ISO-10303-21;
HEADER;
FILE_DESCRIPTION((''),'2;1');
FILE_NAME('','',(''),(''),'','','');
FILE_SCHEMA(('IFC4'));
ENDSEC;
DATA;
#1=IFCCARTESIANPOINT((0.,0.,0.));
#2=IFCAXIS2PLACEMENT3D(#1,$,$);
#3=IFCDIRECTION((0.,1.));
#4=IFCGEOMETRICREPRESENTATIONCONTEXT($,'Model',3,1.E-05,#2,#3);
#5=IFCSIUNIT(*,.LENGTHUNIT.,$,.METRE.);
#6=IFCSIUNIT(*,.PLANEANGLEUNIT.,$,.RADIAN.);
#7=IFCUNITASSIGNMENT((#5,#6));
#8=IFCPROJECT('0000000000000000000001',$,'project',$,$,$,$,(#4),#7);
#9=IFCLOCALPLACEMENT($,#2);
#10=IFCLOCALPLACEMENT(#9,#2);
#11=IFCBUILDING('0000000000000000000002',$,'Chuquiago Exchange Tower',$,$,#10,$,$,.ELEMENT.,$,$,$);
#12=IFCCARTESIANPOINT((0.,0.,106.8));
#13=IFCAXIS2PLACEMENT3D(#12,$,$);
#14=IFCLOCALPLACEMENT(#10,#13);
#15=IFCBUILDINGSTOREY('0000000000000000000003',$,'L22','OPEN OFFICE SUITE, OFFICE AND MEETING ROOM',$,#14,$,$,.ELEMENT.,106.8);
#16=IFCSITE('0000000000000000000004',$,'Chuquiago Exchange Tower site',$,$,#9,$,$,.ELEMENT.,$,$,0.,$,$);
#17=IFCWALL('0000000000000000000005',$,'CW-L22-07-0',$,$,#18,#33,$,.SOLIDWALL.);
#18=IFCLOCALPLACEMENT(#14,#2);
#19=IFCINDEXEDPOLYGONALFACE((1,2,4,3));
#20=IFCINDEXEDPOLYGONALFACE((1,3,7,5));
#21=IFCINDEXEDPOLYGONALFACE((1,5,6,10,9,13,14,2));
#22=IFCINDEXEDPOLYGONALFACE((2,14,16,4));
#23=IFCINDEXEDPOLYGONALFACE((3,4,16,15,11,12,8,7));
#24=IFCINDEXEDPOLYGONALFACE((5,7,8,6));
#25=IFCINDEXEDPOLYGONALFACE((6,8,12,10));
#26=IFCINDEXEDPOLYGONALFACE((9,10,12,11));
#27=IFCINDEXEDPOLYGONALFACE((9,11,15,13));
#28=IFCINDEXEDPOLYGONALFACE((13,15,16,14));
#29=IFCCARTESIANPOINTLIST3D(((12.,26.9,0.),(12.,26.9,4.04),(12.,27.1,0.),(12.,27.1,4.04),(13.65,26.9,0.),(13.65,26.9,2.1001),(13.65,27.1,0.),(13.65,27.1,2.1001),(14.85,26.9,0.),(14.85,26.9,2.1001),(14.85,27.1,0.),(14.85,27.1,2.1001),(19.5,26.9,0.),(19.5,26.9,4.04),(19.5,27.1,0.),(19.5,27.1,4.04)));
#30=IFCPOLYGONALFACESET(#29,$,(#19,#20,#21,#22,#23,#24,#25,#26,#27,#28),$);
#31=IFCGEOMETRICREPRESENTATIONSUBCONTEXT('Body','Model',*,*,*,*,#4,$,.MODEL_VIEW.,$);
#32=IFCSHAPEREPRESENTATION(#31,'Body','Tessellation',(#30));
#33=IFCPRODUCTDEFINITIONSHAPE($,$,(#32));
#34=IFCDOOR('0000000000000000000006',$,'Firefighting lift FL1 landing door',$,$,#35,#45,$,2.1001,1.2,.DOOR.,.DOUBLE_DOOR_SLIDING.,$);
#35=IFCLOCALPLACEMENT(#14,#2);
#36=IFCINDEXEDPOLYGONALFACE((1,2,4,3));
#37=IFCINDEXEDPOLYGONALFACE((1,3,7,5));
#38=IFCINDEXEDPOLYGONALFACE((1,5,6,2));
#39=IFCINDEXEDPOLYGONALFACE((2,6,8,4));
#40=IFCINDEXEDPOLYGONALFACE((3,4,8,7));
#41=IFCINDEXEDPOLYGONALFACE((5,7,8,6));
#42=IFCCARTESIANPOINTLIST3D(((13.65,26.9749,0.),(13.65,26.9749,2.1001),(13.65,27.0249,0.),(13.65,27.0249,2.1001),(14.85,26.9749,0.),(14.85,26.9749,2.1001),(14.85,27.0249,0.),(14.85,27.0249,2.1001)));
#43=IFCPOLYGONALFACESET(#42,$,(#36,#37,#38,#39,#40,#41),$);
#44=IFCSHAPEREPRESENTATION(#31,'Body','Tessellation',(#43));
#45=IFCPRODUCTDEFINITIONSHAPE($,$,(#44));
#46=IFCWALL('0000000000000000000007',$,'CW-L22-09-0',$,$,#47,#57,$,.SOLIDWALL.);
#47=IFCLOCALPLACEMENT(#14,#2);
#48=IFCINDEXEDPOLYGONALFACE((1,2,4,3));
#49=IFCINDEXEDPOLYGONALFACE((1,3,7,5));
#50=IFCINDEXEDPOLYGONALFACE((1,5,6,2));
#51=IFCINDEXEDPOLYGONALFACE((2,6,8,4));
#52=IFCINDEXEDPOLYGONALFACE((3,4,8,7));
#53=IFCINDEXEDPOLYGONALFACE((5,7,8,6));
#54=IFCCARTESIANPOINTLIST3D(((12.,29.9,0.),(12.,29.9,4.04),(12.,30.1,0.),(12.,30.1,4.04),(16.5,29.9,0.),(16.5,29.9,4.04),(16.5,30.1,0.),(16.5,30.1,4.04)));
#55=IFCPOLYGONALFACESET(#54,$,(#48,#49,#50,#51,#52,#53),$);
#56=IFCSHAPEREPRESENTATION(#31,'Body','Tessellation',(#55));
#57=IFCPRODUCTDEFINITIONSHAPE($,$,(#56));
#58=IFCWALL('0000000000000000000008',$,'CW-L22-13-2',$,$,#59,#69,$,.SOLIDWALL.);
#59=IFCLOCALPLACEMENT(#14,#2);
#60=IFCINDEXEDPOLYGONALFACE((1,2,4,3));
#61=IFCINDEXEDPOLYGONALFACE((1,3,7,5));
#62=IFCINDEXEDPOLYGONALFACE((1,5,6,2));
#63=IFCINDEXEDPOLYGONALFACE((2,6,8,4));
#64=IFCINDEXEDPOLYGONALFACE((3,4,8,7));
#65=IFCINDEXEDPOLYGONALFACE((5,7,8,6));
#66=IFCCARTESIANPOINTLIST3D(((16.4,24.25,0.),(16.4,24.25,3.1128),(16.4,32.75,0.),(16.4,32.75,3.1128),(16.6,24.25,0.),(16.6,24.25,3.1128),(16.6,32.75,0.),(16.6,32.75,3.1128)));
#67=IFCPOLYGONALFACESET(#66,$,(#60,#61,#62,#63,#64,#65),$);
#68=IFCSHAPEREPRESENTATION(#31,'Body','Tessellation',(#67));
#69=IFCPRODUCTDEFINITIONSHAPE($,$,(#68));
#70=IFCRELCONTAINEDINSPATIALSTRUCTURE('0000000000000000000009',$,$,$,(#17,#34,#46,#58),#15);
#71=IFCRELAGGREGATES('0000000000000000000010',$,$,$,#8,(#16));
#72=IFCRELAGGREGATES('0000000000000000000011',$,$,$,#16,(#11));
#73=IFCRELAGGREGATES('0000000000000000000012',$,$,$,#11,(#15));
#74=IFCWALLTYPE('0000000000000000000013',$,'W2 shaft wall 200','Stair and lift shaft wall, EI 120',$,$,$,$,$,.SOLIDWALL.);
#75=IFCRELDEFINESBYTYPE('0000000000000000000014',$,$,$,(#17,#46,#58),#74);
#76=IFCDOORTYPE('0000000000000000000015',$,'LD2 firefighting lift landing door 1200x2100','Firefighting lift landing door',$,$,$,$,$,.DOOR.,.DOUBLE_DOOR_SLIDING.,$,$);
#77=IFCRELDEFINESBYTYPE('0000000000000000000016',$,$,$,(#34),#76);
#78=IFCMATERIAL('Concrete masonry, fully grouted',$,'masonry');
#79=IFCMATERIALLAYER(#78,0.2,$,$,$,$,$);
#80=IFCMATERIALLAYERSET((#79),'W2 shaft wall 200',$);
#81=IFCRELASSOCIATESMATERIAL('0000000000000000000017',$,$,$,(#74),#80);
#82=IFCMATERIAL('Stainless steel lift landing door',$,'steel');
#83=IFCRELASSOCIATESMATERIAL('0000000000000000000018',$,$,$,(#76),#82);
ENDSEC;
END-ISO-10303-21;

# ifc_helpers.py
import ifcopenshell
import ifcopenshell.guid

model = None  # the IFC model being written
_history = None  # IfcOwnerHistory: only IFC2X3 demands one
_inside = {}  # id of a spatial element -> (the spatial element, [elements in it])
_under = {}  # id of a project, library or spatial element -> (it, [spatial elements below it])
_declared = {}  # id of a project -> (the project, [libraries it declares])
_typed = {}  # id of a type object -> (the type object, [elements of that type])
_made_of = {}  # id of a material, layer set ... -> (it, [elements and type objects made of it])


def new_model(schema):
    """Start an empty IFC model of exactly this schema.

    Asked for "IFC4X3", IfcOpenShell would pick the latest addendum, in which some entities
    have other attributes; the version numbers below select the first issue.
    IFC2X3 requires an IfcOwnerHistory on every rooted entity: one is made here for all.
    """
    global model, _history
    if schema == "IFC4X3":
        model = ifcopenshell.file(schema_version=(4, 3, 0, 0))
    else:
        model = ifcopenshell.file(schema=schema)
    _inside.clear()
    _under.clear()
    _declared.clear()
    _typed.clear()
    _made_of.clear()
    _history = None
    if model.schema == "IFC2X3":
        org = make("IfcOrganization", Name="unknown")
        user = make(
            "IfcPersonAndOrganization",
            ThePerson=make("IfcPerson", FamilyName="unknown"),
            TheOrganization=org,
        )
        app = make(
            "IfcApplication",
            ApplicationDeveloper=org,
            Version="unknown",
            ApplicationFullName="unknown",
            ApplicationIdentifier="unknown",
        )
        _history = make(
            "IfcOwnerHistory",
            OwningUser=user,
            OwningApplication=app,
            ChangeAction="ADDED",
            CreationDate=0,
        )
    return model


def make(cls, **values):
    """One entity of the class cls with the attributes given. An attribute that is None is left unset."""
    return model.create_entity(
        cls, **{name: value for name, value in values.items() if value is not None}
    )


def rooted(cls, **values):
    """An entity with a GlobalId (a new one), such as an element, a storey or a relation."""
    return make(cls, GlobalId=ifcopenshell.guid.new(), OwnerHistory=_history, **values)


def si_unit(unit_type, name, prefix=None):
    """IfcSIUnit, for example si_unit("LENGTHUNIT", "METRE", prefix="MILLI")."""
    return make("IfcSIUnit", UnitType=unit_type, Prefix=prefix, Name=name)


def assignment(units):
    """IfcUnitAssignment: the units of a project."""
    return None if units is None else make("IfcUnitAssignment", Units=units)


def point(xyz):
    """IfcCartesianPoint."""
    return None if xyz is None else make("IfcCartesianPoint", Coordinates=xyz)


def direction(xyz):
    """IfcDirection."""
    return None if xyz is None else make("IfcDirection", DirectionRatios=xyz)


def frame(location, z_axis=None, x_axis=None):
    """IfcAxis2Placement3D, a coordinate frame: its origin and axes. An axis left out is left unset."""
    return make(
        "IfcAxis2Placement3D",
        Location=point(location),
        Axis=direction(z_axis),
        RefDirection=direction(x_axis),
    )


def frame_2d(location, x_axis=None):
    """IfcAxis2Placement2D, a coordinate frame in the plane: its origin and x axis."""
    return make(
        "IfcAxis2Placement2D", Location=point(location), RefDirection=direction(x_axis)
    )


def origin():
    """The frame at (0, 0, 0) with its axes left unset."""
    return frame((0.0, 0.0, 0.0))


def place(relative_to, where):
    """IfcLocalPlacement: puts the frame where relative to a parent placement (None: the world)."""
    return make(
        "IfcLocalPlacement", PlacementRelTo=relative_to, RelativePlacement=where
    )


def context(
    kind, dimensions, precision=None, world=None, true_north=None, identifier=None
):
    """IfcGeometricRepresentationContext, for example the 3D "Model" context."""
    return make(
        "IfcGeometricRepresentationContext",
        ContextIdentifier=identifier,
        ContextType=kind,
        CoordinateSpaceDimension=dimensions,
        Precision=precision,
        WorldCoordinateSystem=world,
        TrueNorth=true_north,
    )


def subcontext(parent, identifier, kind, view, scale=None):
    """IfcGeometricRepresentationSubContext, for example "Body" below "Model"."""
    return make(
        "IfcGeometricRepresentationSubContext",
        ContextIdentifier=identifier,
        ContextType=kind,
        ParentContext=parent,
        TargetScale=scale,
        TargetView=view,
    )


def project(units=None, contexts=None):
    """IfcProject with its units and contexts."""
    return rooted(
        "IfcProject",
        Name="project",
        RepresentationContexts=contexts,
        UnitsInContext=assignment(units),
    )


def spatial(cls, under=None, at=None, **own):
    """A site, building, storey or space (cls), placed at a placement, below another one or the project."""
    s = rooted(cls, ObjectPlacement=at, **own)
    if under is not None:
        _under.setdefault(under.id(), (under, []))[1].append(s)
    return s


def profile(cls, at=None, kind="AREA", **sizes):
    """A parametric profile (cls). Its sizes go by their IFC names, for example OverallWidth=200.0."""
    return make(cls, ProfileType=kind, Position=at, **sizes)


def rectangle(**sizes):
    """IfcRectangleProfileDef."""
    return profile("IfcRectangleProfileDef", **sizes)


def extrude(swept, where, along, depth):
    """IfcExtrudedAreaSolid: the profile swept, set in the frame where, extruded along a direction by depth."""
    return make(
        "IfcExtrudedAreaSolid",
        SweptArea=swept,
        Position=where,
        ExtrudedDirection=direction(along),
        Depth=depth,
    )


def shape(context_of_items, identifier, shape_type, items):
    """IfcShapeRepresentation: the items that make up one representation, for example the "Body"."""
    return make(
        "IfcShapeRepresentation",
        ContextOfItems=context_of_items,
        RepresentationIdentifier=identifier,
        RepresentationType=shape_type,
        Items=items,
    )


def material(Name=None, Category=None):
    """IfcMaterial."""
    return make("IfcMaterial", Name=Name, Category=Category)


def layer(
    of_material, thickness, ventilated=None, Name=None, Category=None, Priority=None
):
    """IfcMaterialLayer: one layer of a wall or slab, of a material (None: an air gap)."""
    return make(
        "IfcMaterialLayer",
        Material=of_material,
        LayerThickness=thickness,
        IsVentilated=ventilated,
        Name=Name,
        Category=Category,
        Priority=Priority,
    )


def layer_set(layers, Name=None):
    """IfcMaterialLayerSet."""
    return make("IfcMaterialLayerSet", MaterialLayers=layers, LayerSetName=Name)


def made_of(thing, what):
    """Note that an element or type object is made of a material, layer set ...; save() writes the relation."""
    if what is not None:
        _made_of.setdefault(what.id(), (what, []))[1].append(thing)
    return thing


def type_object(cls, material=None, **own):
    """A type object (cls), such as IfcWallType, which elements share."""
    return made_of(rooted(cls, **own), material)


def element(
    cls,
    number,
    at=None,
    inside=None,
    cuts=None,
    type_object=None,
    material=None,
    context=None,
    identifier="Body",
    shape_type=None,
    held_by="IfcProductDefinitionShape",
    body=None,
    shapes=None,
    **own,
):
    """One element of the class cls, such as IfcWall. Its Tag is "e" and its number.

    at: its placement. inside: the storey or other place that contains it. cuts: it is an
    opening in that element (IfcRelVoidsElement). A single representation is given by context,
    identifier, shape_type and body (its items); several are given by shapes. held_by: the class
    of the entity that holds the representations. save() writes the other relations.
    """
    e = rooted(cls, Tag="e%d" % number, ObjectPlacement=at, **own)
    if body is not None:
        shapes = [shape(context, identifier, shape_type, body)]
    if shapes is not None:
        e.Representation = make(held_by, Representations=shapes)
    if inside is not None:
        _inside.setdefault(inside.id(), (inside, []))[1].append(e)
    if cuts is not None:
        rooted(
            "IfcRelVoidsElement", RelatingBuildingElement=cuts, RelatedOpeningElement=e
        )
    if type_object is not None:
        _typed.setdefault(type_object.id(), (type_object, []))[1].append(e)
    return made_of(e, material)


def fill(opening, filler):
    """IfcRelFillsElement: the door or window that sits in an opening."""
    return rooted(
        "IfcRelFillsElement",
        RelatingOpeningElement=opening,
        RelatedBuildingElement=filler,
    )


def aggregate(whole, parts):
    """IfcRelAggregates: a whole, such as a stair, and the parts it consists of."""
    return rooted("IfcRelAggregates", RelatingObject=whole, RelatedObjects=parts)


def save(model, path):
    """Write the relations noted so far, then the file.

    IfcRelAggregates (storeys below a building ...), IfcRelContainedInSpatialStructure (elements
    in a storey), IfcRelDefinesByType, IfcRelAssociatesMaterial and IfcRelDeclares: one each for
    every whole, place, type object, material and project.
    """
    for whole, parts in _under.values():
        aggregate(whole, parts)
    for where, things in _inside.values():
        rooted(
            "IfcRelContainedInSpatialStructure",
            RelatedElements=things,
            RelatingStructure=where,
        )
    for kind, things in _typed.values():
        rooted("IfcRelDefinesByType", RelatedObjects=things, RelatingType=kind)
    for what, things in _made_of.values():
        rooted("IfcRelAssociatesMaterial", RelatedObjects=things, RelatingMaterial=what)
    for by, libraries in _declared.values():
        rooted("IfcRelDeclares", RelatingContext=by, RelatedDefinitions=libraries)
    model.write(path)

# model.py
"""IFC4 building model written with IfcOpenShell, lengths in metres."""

from ifc_helpers import new_model, si_unit, direction, frame, frame_2d, origin, place, context, subcontext, project, spatial, rectangle, extrude, material, layer, layer_set, type_object, element, fill, save


model = new_model("IFC4")

# Units and contexts
model_context = context("Model", 3, precision=1e-05, world=origin(), true_north=direction((0.0, 1.0)))
body_context = subcontext(model_context, "Body", "Model", "MODEL_VIEW")
ifc_project = project(units=[si_unit("LENGTHUNIT", "METRE"), si_unit("PLANEANGLEUNIT", "RADIAN")], contexts=[model_context])

# Site, building, storey
site_placement = place(None, origin())
site = spatial("IfcSite", under=ifc_project, at=site_placement, Name="Chuquiago Exchange Tower site", CompositionType="ELEMENT", RefElevation=0.0)
building_placement = place(site_placement, origin())
building = spatial("IfcBuilding", under=site, at=building_placement, Name="Chuquiago Exchange Tower", CompositionType="ELEMENT")
storey_placement = place(building_placement, frame((0.0, 0.0, 106.8)))
storey = spatial("IfcBuildingStorey", under=building, at=storey_placement, Name="L22", Description="OPEN OFFICE SUITE, OFFICE AND MEETING ROOM", CompositionType="ELEMENT", Elevation=106.8)

# Shared definitions
ifc_material_1 = material(Name="Concrete masonry, fully grouted", Category="masonry")
ifc_layer_1 = layer(ifc_material_1, 0.2)
ifc_layer_set_1 = layer_set([ifc_layer_1], Name="W2 shaft wall 200")
wall_type_1 = type_object("IfcWallType", Name="W2 shaft wall 200", Description="Stair and lift shaft wall, EI 120", PredefinedType="SOLIDWALL", material=ifc_layer_set_1)

# Wall, opening, door
wall_1_placement = place(storey_placement, frame((12.0, 27.0, 0.0), z_axis=(0.0, 0.0, 1.0), x_axis=(1.0, 0.0, 0.0)))
wall_1 = element("IfcWall", 1, at=wall_1_placement, inside=storey, type_object=wall_type_1, Name="CW-L22-07-0", PredefinedType="SOLIDWALL", context=body_context, shape_type="SweptSolid", body=[
    extrude(rectangle(XDim=7.5, YDim=0.2, at=frame_2d((3.75, 0.0))), origin(), (0.0, 0.0, 1.0), 4.04),
])
opening_1_placement = place(wall_1_placement, frame((1.6499, 0.0, 0.0)))
opening_1 = element("IfcOpeningElement", 2, at=opening_1_placement, cuts=wall_1, PredefinedType="OPENING", context=body_context, shape_type="SweptSolid", body=[
    extrude(rectangle(XDim=1.2, YDim=2.1001, at=frame_2d((0.6001, 1.05))), frame((0.0, 0.1099, 0.0), z_axis=(0.0, -1.0, 0.0), x_axis=(1.0, 0.0, 0.0)), (0.0, 0.0, 1.0), 0.22),
])
ifc_material_2 = material(Name="Stainless steel lift landing door", Category="steel")
door_type_1 = type_object("IfcDoorType", Name="LD2 firefighting lift landing door 1200x2100", Description="Firefighting lift landing door", OperationType="DOUBLE_DOOR_SLIDING", PredefinedType="DOOR", material=ifc_material_2)
door_1_placement = place(opening_1_placement, origin())
door_1 = element("IfcDoor", 3, at=door_1_placement, inside=storey, type_object=door_type_1, Name="Firefighting lift FL1 landing door", OperationType="DOUBLE_DOOR_SLIDING", OverallHeight=2.1001, OverallWidth=1.2, PredefinedType="DOOR", context=body_context, shape_type="SweptSolid", body=[
    extrude(rectangle(XDim=1.2, YDim=2.1001, at=frame_2d((0.6001, 1.05))), frame((0.0, 0.0249, 0.0), z_axis=(0.0, -1.0, 0.0), x_axis=(1.0, 0.0, 0.0)), (0.0, 0.0, 1.0), 0.05),
])
fill(opening_1, door_1)

# Walls
wall_2_placement = place(storey_placement, frame((12.0, 30.0, 0.0), z_axis=(0.0, 0.0, 1.0), x_axis=(1.0, 0.0, 0.0)))
element("IfcWall", 4, at=wall_2_placement, inside=storey, type_object=wall_type_1, Name="CW-L22-09-0", PredefinedType="SOLIDWALL", context=body_context, shape_type="SweptSolid", body=[
    extrude(rectangle(XDim=4.5, YDim=0.2, at=frame_2d((2.25, 0.0))), origin(), (0.0, 0.0, 1.0), 4.04),
])
wall_3_placement = place(storey_placement, frame((16.5, 24.25, 0.0), z_axis=(0.0, 0.0, 1.0), x_axis=(0.0, 1.0, 0.0)))
element("IfcWall", 5, at=wall_3_placement, inside=storey, type_object=wall_type_1, Name="CW-L22-13-2", PredefinedType="SOLIDWALL", context=body_context, shape_type="SweptSolid", body=[
    extrude(rectangle(XDim=8.5, YDim=0.2, at=frame_2d((4.25, 0.0))), origin(), (0.0, 0.0, 1.0), 3.1128),
])

save(model, "model.ifc")
